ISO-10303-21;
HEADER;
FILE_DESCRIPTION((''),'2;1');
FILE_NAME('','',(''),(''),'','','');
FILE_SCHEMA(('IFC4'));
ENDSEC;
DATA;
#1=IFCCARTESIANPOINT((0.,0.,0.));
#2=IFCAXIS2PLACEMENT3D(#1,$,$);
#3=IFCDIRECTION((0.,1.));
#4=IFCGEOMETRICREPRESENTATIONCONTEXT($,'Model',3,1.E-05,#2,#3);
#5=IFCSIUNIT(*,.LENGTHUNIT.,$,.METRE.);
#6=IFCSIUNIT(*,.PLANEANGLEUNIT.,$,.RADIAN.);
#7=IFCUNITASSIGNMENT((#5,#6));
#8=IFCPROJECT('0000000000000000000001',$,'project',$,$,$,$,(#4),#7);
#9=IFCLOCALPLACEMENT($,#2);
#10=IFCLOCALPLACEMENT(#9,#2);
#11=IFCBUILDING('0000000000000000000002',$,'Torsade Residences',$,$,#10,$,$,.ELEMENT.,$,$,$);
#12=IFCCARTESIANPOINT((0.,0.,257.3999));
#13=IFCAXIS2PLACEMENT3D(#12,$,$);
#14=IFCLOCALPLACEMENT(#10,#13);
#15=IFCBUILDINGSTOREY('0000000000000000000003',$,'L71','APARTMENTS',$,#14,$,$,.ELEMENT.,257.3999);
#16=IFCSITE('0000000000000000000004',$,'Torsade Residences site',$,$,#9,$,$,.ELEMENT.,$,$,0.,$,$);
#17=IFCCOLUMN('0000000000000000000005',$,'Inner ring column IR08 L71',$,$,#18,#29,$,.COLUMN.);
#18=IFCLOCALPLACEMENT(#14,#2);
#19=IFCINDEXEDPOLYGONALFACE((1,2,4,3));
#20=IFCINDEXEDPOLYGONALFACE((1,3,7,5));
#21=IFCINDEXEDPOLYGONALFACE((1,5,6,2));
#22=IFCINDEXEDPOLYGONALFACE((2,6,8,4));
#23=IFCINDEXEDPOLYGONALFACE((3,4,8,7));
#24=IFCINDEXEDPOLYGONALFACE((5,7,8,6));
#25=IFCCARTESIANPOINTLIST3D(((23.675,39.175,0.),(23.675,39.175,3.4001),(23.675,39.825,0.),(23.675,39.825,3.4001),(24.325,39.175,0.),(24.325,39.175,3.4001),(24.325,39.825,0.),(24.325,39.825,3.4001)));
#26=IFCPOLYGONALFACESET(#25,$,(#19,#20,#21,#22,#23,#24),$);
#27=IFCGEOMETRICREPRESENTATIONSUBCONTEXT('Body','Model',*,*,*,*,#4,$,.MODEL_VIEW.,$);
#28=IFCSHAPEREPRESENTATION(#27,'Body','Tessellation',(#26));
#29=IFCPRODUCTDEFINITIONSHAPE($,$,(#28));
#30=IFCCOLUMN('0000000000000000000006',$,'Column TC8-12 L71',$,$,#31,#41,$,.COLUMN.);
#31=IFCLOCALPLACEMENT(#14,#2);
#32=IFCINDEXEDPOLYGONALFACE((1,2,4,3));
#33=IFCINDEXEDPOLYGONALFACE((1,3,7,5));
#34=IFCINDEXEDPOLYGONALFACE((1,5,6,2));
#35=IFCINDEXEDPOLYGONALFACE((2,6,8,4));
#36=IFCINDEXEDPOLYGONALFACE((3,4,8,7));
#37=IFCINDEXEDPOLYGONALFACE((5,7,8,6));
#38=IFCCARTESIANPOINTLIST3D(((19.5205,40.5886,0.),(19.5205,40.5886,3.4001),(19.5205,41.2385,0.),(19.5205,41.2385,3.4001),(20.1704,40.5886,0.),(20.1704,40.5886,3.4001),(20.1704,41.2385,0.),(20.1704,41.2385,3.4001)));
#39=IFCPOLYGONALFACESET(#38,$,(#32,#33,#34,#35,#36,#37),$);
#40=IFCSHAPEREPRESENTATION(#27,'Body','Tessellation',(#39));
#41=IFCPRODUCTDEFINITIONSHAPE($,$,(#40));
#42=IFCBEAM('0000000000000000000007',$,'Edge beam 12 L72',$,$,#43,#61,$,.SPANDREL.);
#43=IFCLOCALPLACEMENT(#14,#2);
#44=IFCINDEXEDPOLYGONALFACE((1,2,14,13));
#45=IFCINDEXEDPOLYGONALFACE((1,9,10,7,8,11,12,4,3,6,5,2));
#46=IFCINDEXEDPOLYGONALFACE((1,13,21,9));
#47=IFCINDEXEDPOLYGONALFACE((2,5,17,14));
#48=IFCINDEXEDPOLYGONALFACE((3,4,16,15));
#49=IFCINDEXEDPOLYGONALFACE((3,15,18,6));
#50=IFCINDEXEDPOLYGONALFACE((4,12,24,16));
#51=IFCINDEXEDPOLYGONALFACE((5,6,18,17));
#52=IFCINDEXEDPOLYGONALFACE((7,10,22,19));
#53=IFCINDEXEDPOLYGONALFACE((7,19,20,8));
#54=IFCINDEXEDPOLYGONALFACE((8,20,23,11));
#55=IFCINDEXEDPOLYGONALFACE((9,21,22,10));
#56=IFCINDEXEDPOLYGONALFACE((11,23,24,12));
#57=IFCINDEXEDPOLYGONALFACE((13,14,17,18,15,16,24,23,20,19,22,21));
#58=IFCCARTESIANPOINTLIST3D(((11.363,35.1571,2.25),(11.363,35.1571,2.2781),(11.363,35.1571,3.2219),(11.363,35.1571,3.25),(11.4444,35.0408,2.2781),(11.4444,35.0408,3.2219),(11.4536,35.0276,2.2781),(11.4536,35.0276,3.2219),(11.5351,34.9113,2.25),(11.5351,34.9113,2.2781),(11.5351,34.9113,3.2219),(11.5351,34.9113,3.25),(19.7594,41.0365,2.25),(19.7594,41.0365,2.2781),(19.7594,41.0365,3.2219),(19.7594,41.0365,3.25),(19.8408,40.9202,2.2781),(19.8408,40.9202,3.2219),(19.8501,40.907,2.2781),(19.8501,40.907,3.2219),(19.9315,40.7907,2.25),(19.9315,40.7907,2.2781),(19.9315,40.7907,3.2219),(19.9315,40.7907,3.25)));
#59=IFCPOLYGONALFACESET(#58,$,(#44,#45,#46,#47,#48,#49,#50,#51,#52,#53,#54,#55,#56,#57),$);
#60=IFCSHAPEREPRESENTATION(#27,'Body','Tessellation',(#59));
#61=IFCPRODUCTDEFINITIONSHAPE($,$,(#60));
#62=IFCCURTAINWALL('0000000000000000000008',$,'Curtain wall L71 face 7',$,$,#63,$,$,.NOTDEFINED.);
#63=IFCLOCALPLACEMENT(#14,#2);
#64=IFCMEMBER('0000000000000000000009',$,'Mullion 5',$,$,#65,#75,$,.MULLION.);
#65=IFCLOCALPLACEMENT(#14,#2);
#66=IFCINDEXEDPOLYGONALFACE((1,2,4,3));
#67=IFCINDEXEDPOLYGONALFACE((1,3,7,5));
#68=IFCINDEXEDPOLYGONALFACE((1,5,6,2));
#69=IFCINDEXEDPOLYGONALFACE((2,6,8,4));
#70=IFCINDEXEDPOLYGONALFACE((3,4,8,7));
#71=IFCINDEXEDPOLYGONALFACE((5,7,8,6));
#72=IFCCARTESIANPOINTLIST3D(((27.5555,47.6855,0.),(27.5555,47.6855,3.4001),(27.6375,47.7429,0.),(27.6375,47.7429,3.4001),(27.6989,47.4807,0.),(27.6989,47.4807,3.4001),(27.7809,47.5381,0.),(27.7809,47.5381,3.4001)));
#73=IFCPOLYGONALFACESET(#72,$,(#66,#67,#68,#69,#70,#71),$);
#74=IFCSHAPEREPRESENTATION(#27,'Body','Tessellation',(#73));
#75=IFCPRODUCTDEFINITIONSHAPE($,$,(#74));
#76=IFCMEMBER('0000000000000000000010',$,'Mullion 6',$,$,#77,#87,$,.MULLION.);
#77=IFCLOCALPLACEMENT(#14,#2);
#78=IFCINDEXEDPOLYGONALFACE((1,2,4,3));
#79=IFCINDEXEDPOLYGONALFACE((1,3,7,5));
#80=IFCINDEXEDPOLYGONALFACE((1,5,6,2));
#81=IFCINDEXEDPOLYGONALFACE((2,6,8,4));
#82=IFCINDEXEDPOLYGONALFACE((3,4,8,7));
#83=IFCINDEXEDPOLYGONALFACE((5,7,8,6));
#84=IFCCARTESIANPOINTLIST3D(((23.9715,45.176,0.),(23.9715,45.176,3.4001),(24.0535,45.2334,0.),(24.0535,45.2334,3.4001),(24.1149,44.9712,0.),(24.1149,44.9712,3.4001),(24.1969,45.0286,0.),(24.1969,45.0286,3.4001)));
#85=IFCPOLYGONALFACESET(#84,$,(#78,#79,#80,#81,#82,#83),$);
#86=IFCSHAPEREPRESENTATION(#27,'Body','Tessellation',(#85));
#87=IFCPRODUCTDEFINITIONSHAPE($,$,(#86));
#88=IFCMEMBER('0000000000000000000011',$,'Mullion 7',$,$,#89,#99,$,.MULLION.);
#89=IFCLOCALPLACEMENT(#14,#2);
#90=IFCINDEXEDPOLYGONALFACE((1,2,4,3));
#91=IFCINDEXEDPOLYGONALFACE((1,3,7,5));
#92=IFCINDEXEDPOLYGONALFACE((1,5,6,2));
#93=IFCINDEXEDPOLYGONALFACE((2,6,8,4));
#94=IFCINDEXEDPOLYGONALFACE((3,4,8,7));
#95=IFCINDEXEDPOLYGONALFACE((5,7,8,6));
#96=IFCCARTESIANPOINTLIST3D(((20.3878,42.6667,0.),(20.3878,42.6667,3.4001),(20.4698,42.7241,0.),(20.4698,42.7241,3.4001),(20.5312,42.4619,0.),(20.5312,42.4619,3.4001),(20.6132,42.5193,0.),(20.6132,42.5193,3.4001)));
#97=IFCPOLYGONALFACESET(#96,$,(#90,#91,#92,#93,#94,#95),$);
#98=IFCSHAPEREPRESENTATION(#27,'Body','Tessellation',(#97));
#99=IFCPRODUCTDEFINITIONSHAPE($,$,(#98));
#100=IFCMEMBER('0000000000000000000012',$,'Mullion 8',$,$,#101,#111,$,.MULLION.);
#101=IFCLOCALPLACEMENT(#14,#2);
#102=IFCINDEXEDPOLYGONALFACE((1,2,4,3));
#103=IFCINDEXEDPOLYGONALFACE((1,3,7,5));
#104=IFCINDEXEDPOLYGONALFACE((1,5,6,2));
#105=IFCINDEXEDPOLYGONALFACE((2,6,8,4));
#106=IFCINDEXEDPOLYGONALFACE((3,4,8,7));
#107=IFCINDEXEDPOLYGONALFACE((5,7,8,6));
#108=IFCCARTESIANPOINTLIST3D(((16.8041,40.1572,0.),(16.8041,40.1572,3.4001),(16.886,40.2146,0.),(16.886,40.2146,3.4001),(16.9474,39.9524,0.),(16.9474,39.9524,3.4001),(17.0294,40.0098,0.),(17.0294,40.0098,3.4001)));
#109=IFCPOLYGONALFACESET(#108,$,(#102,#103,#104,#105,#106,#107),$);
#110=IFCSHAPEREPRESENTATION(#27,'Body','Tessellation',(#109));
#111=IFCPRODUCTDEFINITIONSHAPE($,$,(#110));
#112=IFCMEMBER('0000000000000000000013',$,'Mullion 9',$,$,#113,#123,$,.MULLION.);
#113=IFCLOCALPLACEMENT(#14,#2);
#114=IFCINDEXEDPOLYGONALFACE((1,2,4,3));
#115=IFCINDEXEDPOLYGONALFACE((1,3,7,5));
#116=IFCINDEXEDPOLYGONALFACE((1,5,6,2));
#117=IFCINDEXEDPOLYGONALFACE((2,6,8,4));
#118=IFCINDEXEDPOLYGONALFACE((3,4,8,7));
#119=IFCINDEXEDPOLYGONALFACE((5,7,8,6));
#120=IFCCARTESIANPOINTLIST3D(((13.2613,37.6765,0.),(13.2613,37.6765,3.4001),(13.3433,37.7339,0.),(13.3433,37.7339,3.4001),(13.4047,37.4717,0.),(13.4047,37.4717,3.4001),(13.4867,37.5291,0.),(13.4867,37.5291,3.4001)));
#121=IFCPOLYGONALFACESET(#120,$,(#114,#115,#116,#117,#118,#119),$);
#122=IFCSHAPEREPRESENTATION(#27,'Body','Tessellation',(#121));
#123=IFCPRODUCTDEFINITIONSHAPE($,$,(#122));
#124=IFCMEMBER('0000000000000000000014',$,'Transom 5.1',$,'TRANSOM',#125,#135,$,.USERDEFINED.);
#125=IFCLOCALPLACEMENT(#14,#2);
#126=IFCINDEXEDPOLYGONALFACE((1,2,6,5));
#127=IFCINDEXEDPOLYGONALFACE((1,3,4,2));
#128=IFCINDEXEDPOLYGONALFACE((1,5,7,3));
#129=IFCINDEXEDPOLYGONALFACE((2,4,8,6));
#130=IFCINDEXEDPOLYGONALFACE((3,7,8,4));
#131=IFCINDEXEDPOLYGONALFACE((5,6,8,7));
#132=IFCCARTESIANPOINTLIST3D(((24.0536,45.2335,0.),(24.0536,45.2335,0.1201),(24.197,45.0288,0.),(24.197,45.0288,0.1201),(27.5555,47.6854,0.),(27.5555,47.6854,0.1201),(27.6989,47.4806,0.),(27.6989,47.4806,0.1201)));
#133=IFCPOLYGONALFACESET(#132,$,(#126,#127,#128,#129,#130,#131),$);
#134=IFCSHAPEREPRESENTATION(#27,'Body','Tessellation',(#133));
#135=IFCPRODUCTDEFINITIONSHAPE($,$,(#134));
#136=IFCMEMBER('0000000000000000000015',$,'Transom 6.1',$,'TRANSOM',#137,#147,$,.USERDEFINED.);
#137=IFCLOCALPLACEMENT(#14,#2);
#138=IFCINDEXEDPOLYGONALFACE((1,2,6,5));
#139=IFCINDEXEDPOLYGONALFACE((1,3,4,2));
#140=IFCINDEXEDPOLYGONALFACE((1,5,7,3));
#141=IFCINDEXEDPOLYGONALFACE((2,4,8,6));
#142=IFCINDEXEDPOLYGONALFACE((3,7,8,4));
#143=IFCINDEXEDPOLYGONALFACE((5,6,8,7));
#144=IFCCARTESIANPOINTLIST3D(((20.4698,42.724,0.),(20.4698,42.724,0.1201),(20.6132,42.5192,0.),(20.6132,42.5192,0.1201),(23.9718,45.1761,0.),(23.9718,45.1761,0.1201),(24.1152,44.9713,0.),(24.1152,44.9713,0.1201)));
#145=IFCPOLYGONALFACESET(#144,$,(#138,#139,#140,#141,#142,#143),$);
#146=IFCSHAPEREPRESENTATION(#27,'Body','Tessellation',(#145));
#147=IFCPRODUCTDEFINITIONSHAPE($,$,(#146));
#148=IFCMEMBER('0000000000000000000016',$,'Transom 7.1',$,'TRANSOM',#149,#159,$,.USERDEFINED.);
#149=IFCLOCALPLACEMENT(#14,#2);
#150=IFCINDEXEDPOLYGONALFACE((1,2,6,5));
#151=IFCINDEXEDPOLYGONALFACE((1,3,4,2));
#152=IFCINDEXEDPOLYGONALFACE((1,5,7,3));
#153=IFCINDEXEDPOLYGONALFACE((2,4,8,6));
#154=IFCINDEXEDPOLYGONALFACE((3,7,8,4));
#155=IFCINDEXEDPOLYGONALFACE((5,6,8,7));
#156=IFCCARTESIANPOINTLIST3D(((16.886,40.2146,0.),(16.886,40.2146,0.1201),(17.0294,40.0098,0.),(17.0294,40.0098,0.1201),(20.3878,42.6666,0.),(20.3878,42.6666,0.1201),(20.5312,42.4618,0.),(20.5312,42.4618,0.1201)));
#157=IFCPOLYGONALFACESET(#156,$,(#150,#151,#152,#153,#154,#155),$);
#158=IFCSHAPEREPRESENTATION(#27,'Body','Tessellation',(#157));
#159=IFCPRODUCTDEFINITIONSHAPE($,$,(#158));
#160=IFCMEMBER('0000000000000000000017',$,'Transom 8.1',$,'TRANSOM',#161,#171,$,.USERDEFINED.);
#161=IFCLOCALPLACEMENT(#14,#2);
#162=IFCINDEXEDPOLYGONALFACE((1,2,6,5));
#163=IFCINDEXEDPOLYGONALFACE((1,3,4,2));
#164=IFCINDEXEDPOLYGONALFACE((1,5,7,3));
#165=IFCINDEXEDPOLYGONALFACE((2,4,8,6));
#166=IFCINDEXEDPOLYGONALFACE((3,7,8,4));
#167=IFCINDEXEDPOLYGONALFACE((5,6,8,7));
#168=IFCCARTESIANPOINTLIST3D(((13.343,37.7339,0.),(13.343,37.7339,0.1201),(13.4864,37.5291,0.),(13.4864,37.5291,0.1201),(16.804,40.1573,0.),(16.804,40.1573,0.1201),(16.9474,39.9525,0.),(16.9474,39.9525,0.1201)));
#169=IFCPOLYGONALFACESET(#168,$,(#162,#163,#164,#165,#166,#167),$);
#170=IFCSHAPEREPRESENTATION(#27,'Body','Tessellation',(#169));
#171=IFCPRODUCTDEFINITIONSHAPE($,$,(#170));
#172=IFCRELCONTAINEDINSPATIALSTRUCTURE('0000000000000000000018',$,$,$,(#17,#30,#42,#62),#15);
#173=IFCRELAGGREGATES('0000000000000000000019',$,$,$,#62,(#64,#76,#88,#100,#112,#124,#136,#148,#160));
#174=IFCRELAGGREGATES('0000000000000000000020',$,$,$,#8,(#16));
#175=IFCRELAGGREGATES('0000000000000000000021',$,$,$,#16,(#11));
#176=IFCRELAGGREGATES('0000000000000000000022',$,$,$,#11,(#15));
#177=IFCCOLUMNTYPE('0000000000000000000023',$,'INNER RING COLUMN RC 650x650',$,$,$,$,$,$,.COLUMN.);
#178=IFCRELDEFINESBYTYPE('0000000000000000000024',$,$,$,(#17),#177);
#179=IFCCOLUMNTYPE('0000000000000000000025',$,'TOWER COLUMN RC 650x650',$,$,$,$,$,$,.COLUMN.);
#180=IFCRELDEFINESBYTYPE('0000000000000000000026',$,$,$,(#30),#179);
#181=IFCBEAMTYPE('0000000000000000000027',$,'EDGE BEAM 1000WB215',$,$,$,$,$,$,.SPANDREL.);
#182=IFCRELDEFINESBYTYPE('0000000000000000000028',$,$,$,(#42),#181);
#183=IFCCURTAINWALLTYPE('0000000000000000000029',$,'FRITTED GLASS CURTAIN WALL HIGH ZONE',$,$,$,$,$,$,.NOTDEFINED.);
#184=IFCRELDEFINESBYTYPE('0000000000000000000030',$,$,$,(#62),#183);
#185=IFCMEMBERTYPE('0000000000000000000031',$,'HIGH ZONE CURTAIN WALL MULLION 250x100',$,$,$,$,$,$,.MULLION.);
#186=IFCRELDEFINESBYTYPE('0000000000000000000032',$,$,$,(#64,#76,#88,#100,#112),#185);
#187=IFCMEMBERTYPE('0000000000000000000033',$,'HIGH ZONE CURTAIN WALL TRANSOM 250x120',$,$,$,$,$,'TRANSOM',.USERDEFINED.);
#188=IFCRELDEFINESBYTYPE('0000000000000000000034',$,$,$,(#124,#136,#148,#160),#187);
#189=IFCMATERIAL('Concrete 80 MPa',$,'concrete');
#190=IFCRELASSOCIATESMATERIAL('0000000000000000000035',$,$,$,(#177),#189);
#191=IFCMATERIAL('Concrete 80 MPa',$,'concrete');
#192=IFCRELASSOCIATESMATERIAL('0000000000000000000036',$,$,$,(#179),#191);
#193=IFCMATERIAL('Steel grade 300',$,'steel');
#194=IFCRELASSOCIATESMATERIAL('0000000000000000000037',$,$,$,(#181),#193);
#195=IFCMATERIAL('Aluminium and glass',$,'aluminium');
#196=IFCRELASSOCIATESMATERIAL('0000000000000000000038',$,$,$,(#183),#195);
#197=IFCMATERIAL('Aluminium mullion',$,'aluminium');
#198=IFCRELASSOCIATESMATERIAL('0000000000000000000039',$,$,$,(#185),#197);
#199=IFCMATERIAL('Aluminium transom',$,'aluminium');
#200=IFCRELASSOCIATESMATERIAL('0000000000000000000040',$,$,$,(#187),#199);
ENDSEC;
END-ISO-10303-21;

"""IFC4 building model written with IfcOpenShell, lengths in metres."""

from ifc_helpers import new_model, si_unit, direction, frame, origin, origin_2d, place, context, subcontext, project, spatial, rectangle, i_section, extrude, material, material_profile, profile_set, type_object, element, aggregate, save


model = new_model("IFC4")

# Units and contexts
model_context = context("Model", 3, precision=1e-05, world=origin(), true_north=direction((0.0, 1.0)))
body_context = subcontext(model_context, "Body", "Model", "MODEL_VIEW")
ifc_project = project(units=[si_unit("LENGTHUNIT", "METRE"), si_unit("PLANEANGLEUNIT", "RADIAN")], contexts=[model_context])

# Site, building, storey
site_placement = place(None, origin())
site = spatial("IfcSite", under=ifc_project, at=site_placement, Name="Torsade Residences site", CompositionType="ELEMENT", RefElevation=0.0)
building_placement = place(site_placement, origin())
building = spatial("IfcBuilding", under=site, at=building_placement, Name="Torsade Residences", CompositionType="ELEMENT")
storey_placement = place(building_placement, frame((0.0, 0.0, 257.3999)))
storey = spatial("IfcBuildingStorey", under=building, at=storey_placement, Name="L71", Description="APARTMENTS", CompositionType="ELEMENT", Elevation=257.3999)

# Columns
ifc_material_1 = material(Name="Concrete 80 MPa", Category="concrete")
ifc_material_profile_1 = material_profile(ifc_material_1, rectangle(XDim=0.6499, YDim=0.6499, at=origin_2d()), Name="RC 650x650")
ifc_profile_set_1 = profile_set([ifc_material_profile_1], Name="Concrete 80 MPa")
column_type_1 = type_object("IfcColumnType", Name="INNER RING COLUMN RC 650x650", PredefinedType="COLUMN", material=ifc_profile_set_1)
column_1_placement = place(storey_placement, frame((24.0, 39.5, 0.0), z_axis=(0.0, 0.0, 1.0), x_axis=(1.0, 0.0, 0.0)))
element("IfcColumn", 1, at=column_1_placement, inside=storey, type_object=column_type_1, Name="Inner ring column IR08 L71", PredefinedType="COLUMN", context=body_context, shape_type="SweptSolid", body=[
    extrude(rectangle(XDim=0.6499, YDim=0.6499, at=origin_2d()), origin(), (0.0, 0.0, 1.0), 3.4001),
])
ifc_material_2 = material(Name="Concrete 80 MPa", Category="concrete")
ifc_material_profile_2 = material_profile(ifc_material_2, rectangle(XDim=0.6499, YDim=0.6499, at=origin_2d()), Name="RC 650x650")
ifc_profile_set_2 = profile_set([ifc_material_profile_2], Name="Concrete 80 MPa")
column_type_2 = type_object("IfcColumnType", Name="TOWER COLUMN RC 650x650", PredefinedType="COLUMN", material=ifc_profile_set_2)
column_2_placement = place(storey_placement, frame((19.8455, 40.9136, 0.0), z_axis=(0.0, 0.0, 1.0), x_axis=(1.0, 0.0, 0.0)))
element("IfcColumn", 2, at=column_2_placement, inside=storey, type_object=column_type_2, Name="Column TC8-12 L71", PredefinedType="COLUMN", context=body_context, shape_type="SweptSolid", body=[
    extrude(rectangle(XDim=0.6499, YDim=0.6499, at=origin_2d()), origin(), (0.0, 0.0, 1.0), 3.4001),
])

# Beam
ifc_material_3 = material(Name="Steel grade 300", Category="steel")
ifc_material_profile_3 = material_profile(ifc_material_3, i_section(OverallWidth=0.3, OverallDepth=1.0, WebThickness=0.0161, FlangeThickness=0.0281, at=origin_2d()), Name="1000WB215")
ifc_profile_set_3 = profile_set([ifc_material_profile_3], Name="Steel grade 300")
beam_type_1 = type_object("IfcBeamType", Name="EDGE BEAM 1000WB215", PredefinedType="SPANDREL", material=ifc_profile_set_3)
beam_1_placement = place(storey_placement, frame((19.8455, 40.9136, 2.75), z_axis=(-0.819147, -0.573584, 0.0), x_axis=(0.573584, -0.819147, 0.0)))
element("IfcBeam", 3, at=beam_1_placement, inside=storey, type_object=beam_type_1, Name="Edge beam 12 L72", PredefinedType="SPANDREL", context=body_context, shape_type="SweptSolid", body=[
    extrude(i_section(OverallWidth=0.3, OverallDepth=1.0, WebThickness=0.0161, FlangeThickness=0.0281, at=origin_2d()), origin(), (0.0, 0.0, 1.0), 10.2502),
])

# Curtain wall, members
ifc_material_4 = material(Name="Aluminium and glass", Category="aluminium")
curtain_wall_type = type_object("IfcCurtainWallType", Name="FRITTED GLASS CURTAIN WALL HIGH ZONE", PredefinedType="NOTDEFINED", material=ifc_material_4)
curtain_wall_placement = place(storey_placement, origin())
curtain_wall = element("IfcCurtainWall", 4, at=curtain_wall_placement, inside=storey, type_object=curtain_wall_type, Name="Curtain wall L71 face 7", PredefinedType="NOTDEFINED")
ifc_material_5 = material(Name="Aluminium mullion", Category="aluminium")
ifc_material_profile_4 = material_profile(ifc_material_5, rectangle(XDim=0.25, YDim=0.1001, at=origin_2d()), Name="HIGH ZONE CURTAIN WALL MULLION 250x100")
ifc_profile_set_4 = profile_set([ifc_material_profile_4], Name="Aluminium mullion")
member_type_1 = type_object("IfcMemberType", Name="HIGH ZONE CURTAIN WALL MULLION 250x100", PredefinedType="MULLION", material=ifc_profile_set_4)
member_1_placement = place(storey_placement, frame((27.6682, 47.6118, 0.0), z_axis=(0.0, 0.0, 1.0), x_axis=(0.573576, -0.819152, 0.0)))
member_1 = element("IfcMember", 5, at=member_1_placement, type_object=member_type_1, Name="Mullion 5", PredefinedType="MULLION", context=body_context, shape_type="SweptSolid", body=[
    extrude(rectangle(XDim=0.25, YDim=0.1001, at=origin_2d()), origin(), (0.0, 0.0, 1.0), 3.4001),
])
member_2_placement = place(storey_placement, frame((24.0842, 45.1023, 0.0), z_axis=(0.0, 0.0, 1.0), x_axis=(0.573576, -0.819152, 0.0)))
member_2 = element("IfcMember", 6, at=member_2_placement, type_object=member_type_1, Name="Mullion 6", PredefinedType="MULLION", context=body_context, shape_type="SweptSolid", body=[
    extrude(rectangle(XDim=0.25, YDim=0.1001, at=origin_2d()), origin(), (0.0, 0.0, 1.0), 3.4001),
])
member_3_placement = place(storey_placement, frame((20.5005, 42.593, 0.0), z_axis=(0.0, 0.0, 1.0), x_axis=(0.573576, -0.819152, 0.0)))
member_3 = element("IfcMember", 7, at=member_3_placement, type_object=member_type_1, Name="Mullion 7", PredefinedType="MULLION", context=body_context, shape_type="SweptSolid", body=[
    extrude(rectangle(XDim=0.25, YDim=0.1001, at=origin_2d()), origin(), (0.0, 0.0, 1.0), 3.4001),
])
member_4_placement = place(storey_placement, frame((16.9167, 40.0835, 0.0), z_axis=(0.0, 0.0, 1.0), x_axis=(0.573576, -0.819152, 0.0)))
member_4 = element("IfcMember", 8, at=member_4_placement, type_object=member_type_1, Name="Mullion 8", PredefinedType="MULLION", context=body_context, shape_type="SweptSolid", body=[
    extrude(rectangle(XDim=0.25, YDim=0.1001, at=origin_2d()), origin(), (0.0, 0.0, 1.0), 3.4001),
])
member_5_placement = place(storey_placement, frame((13.374, 37.6028, 0.0), z_axis=(0.0, 0.0, 1.0), x_axis=(0.573576, -0.819152, 0.0)))
member_5 = element("IfcMember", 9, at=member_5_placement, type_object=member_type_1, Name="Mullion 9", PredefinedType="MULLION", context=body_context, shape_type="SweptSolid", body=[
    extrude(rectangle(XDim=0.25, YDim=0.1001, at=origin_2d()), origin(), (0.0, 0.0, 1.0), 3.4001),
])
ifc_material_6 = material(Name="Aluminium transom", Category="aluminium")
ifc_material_profile_5 = material_profile(ifc_material_6, rectangle(XDim=0.25, YDim=0.1201, at=origin_2d()), Name="HIGH ZONE CURTAIN WALL TRANSOM 250x120")
ifc_profile_set_5 = profile_set([ifc_material_profile_5], Name="Aluminium transom")
member_type_2 = type_object("IfcMemberType", Name="HIGH ZONE CURTAIN WALL TRANSOM 250x120", ElementType="TRANSOM", PredefinedType="USERDEFINED", material=ifc_profile_set_5)
member_6_placement = place(storey_placement, frame((27.6272, 47.583, 0.0601), z_axis=(-0.819173, -0.573547, 0.0), x_axis=(0.573547, -0.819173, 0.0)))
member_6 = element("IfcMember", 10, at=member_6_placement, type_object=member_type_2, Name="Transom 5.1", ObjectType="TRANSOM", PredefinedType="USERDEFINED", context=body_context, shape_type="SweptSolid", body=[
    extrude(rectangle(XDim=0.25, YDim=0.1201, at=origin_2d()), origin(), (0.0, 0.0, 1.0), 4.2749),
])
member_7_placement = place(storey_placement, frame((24.0435, 45.0737, 0.0601), z_axis=(-0.819146, -0.573585, 0.0), x_axis=(0.573585, -0.819146, 0.0)))
member_7 = element("IfcMember", 11, at=member_7_placement, type_object=member_type_2, Name="Transom 6.1", ObjectType="TRANSOM", PredefinedType="USERDEFINED", context=body_context, shape_type="SweptSolid", body=[
    extrude(rectangle(XDim=0.25, YDim=0.1201, at=origin_2d()), origin(), (0.0, 0.0, 1.0), 4.2751),
])
member_8_placement = place(storey_placement, frame((20.4595, 42.5642, 0.0601), z_axis=(-0.819154, -0.573573, 0.0), x_axis=(0.573573, -0.819154, 0.0)))
member_8 = element("IfcMember", 12, at=member_8_placement, type_object=member_type_2, Name="Transom 7.1", ObjectType="TRANSOM", PredefinedType="USERDEFINED", context=body_context, shape_type="SweptSolid", body=[
    extrude(rectangle(XDim=0.25, YDim=0.1201, at=origin_2d()), origin(), (0.0, 0.0, 1.0), 4.2749),
])
member_9_placement = place(storey_placement, frame((16.8757, 40.0549, 0.0601), z_axis=(-0.819156, -0.573571, 0.0), x_axis=(0.573571, -0.819156, 0.0)))
member_9 = element("IfcMember", 13, at=member_9_placement, type_object=member_type_2, Name="Transom 8.1", ObjectType="TRANSOM", PredefinedType="USERDEFINED", context=body_context, shape_type="SweptSolid", body=[
    extrude(rectangle(XDim=0.25, YDim=0.1201, at=origin_2d()), origin(), (0.0, 0.0, 1.0), 4.2251),
])

aggregate(curtain_wall, [member_1, member_2, member_3, member_4, member_5, member_6, member_7, member_8, member_9])

save(model, "model.ifc")
